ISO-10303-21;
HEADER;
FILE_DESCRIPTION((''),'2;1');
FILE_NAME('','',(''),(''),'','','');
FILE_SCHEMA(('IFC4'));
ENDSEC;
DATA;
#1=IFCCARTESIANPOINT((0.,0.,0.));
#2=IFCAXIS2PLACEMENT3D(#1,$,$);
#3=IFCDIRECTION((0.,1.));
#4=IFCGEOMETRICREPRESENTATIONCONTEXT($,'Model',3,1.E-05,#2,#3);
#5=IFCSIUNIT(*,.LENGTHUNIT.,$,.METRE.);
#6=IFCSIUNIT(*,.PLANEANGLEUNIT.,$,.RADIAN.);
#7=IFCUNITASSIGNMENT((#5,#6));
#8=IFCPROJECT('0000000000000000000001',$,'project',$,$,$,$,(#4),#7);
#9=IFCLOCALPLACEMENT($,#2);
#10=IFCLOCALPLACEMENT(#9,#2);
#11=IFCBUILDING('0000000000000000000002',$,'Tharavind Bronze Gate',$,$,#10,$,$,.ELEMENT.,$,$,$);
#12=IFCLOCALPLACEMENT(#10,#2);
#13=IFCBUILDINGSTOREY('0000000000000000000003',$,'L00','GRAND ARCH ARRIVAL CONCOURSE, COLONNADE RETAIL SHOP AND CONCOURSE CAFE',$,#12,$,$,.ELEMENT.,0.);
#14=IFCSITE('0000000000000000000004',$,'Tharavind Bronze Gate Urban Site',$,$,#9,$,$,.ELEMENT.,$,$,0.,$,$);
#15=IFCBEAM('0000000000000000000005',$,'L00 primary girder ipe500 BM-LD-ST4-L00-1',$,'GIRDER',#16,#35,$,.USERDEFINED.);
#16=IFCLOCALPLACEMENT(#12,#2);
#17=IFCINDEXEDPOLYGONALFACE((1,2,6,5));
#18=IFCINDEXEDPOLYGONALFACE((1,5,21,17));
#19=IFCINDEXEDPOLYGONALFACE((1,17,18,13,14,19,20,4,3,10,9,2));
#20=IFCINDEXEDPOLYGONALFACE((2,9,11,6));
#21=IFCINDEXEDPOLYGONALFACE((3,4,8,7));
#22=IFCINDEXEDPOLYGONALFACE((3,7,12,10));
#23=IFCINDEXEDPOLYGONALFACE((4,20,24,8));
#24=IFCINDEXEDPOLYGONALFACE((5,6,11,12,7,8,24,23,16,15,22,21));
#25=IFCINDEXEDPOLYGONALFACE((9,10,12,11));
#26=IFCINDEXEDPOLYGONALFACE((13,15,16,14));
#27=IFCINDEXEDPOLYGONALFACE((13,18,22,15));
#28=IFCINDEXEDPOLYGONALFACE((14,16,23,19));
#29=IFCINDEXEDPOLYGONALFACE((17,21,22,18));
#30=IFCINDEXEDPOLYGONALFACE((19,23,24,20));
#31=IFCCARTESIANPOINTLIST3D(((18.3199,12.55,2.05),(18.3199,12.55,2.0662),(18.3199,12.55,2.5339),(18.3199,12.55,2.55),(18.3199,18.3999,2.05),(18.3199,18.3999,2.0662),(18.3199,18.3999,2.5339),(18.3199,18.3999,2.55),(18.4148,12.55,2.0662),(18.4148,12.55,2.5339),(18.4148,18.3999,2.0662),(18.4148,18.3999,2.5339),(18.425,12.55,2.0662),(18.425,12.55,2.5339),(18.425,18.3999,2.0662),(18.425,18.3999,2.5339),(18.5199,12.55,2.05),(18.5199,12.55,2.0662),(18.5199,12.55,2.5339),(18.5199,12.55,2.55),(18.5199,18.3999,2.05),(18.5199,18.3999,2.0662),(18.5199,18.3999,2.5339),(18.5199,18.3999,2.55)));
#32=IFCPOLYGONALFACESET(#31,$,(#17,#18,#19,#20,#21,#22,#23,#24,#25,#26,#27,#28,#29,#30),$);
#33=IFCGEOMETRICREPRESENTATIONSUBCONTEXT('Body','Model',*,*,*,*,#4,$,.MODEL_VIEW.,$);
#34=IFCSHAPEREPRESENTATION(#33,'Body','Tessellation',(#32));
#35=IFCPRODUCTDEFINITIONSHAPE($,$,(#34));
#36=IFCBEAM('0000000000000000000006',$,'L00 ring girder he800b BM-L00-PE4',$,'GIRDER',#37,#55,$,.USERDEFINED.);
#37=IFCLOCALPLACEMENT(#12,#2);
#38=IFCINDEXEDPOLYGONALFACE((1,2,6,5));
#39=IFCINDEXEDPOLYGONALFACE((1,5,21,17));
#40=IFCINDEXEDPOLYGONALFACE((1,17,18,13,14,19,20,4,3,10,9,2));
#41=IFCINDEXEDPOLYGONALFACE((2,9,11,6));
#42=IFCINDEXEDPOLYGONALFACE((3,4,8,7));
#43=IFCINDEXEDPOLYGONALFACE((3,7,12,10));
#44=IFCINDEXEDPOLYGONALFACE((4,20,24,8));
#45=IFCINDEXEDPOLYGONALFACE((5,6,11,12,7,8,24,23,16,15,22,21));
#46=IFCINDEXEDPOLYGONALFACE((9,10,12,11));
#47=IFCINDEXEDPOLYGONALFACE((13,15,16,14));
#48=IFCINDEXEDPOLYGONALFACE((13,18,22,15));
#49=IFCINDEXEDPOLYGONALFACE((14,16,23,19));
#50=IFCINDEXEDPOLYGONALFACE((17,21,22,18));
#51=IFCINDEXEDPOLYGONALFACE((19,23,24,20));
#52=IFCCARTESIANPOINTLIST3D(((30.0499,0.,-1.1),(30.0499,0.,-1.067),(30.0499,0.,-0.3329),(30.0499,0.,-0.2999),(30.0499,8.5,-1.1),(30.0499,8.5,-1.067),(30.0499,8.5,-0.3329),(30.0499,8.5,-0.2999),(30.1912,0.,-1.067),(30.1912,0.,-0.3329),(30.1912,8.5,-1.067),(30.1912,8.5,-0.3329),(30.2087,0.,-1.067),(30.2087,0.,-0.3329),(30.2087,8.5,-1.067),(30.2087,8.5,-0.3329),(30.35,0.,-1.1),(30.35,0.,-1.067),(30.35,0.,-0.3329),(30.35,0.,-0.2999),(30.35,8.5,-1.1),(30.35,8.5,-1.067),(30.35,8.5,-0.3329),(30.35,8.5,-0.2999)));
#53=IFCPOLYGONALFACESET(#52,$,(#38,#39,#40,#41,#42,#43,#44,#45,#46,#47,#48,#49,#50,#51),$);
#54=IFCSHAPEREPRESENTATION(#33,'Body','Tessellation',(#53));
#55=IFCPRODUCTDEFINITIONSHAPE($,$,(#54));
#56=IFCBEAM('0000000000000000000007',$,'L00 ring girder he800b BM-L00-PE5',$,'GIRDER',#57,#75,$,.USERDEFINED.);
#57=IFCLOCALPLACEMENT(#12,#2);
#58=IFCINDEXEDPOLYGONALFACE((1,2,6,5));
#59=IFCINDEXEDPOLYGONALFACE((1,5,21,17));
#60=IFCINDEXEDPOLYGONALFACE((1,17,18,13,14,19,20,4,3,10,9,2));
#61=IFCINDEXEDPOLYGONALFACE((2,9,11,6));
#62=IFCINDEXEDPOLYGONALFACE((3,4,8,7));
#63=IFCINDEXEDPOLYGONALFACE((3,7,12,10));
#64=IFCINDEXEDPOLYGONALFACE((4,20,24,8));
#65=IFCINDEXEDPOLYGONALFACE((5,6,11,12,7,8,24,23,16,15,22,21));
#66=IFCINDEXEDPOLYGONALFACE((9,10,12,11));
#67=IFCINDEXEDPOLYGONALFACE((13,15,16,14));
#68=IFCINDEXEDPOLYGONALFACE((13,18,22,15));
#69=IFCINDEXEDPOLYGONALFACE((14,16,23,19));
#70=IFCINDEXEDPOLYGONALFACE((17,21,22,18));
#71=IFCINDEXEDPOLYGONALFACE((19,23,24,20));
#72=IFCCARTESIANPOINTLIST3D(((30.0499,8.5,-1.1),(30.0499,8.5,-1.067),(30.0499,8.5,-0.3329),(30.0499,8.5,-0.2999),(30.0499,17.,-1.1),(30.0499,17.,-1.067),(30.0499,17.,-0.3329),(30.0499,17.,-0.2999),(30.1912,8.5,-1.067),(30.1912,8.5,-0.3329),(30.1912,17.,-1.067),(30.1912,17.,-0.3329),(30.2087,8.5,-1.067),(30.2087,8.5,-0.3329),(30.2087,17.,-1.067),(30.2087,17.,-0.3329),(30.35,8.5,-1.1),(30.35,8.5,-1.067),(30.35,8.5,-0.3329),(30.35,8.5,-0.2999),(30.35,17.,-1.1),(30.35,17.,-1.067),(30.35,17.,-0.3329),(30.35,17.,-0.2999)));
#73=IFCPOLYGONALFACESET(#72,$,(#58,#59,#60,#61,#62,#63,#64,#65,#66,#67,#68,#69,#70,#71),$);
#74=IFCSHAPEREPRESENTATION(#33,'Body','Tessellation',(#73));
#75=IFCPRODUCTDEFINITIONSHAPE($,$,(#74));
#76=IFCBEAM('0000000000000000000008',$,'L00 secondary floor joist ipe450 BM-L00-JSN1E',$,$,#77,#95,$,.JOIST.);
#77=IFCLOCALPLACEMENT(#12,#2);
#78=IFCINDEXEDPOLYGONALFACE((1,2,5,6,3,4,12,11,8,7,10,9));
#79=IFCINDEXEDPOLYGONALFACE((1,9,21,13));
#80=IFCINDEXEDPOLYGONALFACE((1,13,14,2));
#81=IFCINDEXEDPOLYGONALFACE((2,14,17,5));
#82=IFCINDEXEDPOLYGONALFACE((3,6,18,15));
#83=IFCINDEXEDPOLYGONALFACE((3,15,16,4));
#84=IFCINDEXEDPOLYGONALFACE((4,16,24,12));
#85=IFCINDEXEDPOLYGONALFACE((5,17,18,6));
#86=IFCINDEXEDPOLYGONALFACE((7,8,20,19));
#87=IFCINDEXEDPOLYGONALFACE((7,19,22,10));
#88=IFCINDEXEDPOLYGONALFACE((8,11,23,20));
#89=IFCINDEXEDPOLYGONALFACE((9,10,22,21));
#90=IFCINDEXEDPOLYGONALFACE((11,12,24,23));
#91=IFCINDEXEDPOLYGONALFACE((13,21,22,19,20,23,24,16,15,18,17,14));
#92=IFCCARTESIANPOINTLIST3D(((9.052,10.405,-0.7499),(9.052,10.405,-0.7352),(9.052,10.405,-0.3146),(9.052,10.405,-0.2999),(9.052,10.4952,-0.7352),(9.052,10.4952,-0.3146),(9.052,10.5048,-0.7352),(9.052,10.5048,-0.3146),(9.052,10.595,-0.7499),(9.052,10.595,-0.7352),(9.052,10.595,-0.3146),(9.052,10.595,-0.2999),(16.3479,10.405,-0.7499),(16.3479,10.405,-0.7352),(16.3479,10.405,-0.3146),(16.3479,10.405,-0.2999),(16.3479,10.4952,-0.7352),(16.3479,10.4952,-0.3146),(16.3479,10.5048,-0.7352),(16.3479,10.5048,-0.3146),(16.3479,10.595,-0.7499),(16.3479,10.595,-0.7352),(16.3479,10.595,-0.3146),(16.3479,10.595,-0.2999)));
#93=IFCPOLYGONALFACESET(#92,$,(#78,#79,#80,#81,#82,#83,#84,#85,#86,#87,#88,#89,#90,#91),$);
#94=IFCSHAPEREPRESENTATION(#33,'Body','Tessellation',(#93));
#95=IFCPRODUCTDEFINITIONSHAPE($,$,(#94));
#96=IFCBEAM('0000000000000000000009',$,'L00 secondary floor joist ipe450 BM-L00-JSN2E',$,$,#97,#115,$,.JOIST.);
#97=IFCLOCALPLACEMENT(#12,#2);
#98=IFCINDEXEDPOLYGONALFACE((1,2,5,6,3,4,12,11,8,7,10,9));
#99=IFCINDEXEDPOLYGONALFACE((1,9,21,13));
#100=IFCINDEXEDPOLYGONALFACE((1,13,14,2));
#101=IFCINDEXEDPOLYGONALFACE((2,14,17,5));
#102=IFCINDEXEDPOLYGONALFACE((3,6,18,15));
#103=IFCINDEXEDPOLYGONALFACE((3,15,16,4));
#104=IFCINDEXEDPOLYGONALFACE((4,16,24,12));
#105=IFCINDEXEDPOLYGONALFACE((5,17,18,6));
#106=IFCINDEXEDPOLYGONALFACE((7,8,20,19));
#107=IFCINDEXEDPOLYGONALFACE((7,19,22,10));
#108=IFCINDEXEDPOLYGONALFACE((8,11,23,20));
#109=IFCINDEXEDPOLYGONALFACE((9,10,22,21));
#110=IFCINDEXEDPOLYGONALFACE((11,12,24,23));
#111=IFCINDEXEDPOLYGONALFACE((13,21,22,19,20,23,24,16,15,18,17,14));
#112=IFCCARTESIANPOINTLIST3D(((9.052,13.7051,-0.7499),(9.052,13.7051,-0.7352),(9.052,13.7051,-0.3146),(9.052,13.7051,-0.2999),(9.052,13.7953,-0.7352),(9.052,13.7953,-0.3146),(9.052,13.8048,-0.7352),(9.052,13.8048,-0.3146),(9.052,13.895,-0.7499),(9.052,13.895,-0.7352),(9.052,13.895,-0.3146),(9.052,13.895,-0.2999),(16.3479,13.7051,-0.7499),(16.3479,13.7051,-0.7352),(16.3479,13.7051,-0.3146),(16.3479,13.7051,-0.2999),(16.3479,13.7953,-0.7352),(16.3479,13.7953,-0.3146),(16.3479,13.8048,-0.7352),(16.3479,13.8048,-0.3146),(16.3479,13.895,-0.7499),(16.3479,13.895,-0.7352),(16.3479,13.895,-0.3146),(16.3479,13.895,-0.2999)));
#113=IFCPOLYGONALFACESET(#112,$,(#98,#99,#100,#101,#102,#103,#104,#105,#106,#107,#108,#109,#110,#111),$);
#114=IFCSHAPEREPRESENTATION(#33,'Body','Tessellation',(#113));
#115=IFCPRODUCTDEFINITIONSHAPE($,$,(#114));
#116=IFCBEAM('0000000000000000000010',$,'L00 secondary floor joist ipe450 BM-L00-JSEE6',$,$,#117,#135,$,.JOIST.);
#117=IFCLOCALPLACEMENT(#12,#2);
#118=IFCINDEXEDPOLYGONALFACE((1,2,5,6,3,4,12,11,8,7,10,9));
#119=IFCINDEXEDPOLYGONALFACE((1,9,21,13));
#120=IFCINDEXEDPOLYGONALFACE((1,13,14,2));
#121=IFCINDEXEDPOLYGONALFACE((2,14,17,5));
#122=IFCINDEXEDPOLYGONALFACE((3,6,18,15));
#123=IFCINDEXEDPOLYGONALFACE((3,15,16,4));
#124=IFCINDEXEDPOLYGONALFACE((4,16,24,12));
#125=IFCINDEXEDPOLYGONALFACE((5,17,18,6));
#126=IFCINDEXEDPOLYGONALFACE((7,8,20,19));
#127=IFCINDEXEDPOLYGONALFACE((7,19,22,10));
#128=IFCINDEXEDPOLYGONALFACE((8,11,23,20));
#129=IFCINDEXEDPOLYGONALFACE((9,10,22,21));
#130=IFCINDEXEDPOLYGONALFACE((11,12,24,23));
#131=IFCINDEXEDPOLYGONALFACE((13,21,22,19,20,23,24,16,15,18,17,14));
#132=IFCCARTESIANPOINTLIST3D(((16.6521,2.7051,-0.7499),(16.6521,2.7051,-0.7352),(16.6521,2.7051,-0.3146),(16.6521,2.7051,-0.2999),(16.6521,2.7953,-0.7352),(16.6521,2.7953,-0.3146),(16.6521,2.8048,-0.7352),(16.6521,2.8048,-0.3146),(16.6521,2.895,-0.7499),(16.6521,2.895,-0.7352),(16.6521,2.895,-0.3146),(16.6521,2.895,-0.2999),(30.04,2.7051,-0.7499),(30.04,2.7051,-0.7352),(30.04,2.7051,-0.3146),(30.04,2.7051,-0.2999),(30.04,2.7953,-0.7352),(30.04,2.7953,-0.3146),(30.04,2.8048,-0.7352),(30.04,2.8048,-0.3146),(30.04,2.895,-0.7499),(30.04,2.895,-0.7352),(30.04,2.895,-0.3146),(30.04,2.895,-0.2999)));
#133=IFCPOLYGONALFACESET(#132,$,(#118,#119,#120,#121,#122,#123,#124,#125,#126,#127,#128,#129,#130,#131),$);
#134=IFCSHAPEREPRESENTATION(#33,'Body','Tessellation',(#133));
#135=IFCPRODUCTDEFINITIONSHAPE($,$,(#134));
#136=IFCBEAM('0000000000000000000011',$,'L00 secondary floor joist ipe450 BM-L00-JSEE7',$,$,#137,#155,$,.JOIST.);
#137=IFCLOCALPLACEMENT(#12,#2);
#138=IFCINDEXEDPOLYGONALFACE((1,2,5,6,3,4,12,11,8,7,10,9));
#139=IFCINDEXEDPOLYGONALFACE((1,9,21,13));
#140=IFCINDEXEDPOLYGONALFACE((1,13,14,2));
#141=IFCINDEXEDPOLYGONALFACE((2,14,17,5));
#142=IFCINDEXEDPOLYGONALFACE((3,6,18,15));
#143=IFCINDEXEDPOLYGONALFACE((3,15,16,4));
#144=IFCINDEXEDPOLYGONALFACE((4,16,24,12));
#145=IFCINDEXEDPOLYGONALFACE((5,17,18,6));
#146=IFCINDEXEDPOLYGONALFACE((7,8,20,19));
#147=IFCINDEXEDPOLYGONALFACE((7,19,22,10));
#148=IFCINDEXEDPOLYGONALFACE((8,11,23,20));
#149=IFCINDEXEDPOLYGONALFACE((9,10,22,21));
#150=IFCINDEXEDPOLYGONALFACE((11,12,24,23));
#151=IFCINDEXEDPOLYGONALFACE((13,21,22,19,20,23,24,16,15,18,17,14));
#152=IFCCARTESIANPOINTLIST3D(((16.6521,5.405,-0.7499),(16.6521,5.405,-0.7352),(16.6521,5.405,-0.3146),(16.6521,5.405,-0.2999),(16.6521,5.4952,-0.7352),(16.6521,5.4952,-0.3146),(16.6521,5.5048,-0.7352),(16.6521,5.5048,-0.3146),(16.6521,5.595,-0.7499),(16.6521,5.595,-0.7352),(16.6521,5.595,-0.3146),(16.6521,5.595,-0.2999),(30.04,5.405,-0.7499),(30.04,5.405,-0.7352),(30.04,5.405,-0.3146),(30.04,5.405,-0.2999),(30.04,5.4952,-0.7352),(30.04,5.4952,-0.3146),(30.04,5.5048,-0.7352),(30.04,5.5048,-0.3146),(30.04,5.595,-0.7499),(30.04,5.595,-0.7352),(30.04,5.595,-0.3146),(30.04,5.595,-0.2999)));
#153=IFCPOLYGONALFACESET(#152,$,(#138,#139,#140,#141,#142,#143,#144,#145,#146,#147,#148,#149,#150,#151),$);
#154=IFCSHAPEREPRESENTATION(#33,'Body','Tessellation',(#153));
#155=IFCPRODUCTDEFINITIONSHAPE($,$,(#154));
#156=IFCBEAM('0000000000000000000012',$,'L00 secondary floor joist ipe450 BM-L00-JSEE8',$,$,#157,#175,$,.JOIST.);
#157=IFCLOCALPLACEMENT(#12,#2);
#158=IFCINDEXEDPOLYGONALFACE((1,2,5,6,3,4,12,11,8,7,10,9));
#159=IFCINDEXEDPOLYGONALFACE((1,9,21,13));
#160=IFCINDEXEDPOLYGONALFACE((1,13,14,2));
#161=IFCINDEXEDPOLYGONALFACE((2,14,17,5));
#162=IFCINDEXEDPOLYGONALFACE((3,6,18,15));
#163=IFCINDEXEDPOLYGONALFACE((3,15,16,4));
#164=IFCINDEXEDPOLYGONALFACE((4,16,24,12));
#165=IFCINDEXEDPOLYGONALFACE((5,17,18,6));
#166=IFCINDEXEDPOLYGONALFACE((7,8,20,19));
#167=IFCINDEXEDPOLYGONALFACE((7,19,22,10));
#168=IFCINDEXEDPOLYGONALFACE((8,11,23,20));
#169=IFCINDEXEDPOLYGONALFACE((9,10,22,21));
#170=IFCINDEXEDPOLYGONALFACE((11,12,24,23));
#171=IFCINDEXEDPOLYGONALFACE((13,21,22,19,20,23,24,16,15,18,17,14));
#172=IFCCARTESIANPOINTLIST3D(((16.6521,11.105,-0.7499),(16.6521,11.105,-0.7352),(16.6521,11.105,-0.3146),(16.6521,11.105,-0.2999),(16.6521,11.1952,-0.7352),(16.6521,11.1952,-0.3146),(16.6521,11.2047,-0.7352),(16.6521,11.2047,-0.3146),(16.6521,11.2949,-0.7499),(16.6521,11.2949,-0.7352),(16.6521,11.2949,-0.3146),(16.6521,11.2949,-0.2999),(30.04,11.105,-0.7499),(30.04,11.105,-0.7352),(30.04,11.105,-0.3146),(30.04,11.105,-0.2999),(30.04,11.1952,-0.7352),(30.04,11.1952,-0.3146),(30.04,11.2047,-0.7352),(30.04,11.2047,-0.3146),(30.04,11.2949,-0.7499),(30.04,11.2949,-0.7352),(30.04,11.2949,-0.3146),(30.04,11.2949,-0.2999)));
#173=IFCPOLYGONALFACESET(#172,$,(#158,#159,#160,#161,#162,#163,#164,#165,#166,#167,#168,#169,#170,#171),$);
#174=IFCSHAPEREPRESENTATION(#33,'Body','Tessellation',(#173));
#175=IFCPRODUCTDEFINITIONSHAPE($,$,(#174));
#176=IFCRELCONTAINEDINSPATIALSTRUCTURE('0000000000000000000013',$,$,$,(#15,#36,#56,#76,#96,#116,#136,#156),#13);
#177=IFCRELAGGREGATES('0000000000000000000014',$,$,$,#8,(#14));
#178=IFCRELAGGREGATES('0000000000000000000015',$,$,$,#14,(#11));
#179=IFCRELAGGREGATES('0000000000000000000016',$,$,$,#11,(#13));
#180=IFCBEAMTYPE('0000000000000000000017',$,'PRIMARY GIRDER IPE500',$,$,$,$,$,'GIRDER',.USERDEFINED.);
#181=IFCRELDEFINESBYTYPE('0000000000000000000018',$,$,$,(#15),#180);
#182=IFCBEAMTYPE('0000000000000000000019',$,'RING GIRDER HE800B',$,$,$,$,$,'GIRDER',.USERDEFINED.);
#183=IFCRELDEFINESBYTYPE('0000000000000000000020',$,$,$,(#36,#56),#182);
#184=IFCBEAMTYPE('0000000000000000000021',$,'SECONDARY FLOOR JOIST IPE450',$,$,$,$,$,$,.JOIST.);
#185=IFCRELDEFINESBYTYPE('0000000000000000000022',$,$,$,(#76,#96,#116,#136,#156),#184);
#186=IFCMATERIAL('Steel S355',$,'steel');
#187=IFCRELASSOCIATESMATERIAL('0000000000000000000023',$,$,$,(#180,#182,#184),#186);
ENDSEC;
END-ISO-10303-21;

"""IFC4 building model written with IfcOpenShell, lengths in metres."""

from ifc_helpers import new_model, si_unit, direction, frame, origin, origin_2d, place, context, subcontext, project, spatial, i_section, extrude, material, material_profile, profile_set, type_object, element, save


model = new_model("IFC4")

# Units and contexts
model_context = context("Model", 3, precision=1e-05, world=origin(), true_north=direction((0.0, 1.0)))
body_context = subcontext(model_context, "Body", "Model", "MODEL_VIEW")
ifc_project = project(units=[si_unit("LENGTHUNIT", "METRE"), si_unit("PLANEANGLEUNIT", "RADIAN")], contexts=[model_context])

# Site, building, storey
site_placement = place(None, origin())
site = spatial("IfcSite", under=ifc_project, at=site_placement, Name="Tharavind Bronze Gate Urban Site", CompositionType="ELEMENT", RefElevation=0.0)
building_placement = place(site_placement, origin())
building = spatial("IfcBuilding", under=site, at=building_placement, Name="Tharavind Bronze Gate", CompositionType="ELEMENT")
storey_placement = place(building_placement, origin())
storey = spatial("IfcBuildingStorey", under=building, at=storey_placement, Name="L00", Description="GRAND ARCH ARRIVAL CONCOURSE, COLONNADE RETAIL SHOP AND CONCOURSE CAFE", CompositionType="ELEMENT", Elevation=0.0)

# Beams
ifc_material_1 = material(Name="Steel S355", Category="steel")
ifc_material_profile_1 = material_profile(ifc_material_1, i_section(OverallWidth=0.2, OverallDepth=0.5, WebThickness=0.0103, FlangeThickness=0.0161, at=origin_2d()), Name="IPE500")
ifc_profile_set_1 = profile_set([ifc_material_profile_1], Name="Steel S355")
beam_type_1 = type_object("IfcBeamType", Name="PRIMARY GIRDER IPE500", ElementType="GIRDER", PredefinedType="USERDEFINED", material=ifc_profile_set_1)
beam_1_placement = place(storey_placement, frame((18.4199, 12.55, 2.3), z_axis=(0.0, 1.0, 0.0), x_axis=(-1.0, 0.0, 0.0)))
element("IfcBeam", 1, at=beam_1_placement, inside=storey, type_object=beam_type_1, Name="L00 primary girder ipe500 BM-LD-ST4-L00-1", ObjectType="GIRDER", PredefinedType="USERDEFINED", context=body_context, shape_type="SweptSolid", body=[
    extrude(i_section(OverallWidth=0.2, OverallDepth=0.5, WebThickness=0.0103, FlangeThickness=0.0161, at=origin_2d()), origin(), (0.0, 0.0, 1.0), 5.8499),
])
ifc_material_profile_2 = material_profile(ifc_material_1, i_section(OverallWidth=0.3, OverallDepth=0.8, WebThickness=0.0176, FlangeThickness=0.033, at=origin_2d()), Name="HE800B")
ifc_profile_set_2 = profile_set([ifc_material_profile_2], Name="Steel S355")
beam_type_2 = type_object("IfcBeamType", Name="RING GIRDER HE800B", ElementType="GIRDER", PredefinedType="USERDEFINED", material=ifc_profile_set_2)
for number, where, z_axis, x_axis, name in (
    (2, (30.2, 0.0, -0.7), (0.0, 1.0, 0.0), (-1.0, 0.0, 0.0), "L00 ring girder he800b BM-L00-PE4"),
    (3, (30.2, 8.5, -0.7), (0.0, 1.0, 0.0), (-1.0, 0.0, 0.0), "L00 ring girder he800b BM-L00-PE5"),
):
    element("IfcBeam", number, at=place(storey_placement, frame(where, z_axis=z_axis, x_axis=x_axis)), inside=storey, type_object=beam_type_2, Name=name, ObjectType="GIRDER", PredefinedType="USERDEFINED", context=body_context, shape_type="SweptSolid", body=[
        extrude(i_section(OverallWidth=0.3, OverallDepth=0.8, WebThickness=0.0176, FlangeThickness=0.033, at=origin_2d()), origin(), (0.0, 0.0, 1.0), 8.5),
    ])
ifc_material_profile_3 = material_profile(ifc_material_1, i_section(OverallWidth=0.1899, OverallDepth=0.45, WebThickness=0.0095, FlangeThickness=0.0146, at=origin_2d()), Name="IPE450")
ifc_profile_set_3 = profile_set([ifc_material_profile_3], Name="Steel S355")
beam_type_3 = type_object("IfcBeamType", Name="SECONDARY FLOOR JOIST IPE450", PredefinedType="JOIST", material=ifc_profile_set_3)
for number, where, z_axis, x_axis, name in (
    (4, (9.052, 10.5, -0.5249), (1.0, 0.0, 0.0), (0.0, 1.0, 0.0), "L00 secondary floor joist ipe450 BM-L00-JSN1E"),
    (5, (9.052, 13.8, -0.5249), (1.0, 0.0, 0.0), (0.0, 1.0, 0.0), "L00 secondary floor joist ipe450 BM-L00-JSN2E"),
):
    element("IfcBeam", number, at=place(storey_placement, frame(where, z_axis=z_axis, x_axis=x_axis)), inside=storey, type_object=beam_type_3, Name=name, PredefinedType="JOIST", context=body_context, shape_type="SweptSolid", body=[
        extrude(i_section(OverallWidth=0.1899, OverallDepth=0.45, WebThickness=0.0095, FlangeThickness=0.0146, at=origin_2d()), origin(), (0.0, 0.0, 1.0), 7.2959),
    ])
for number, where, z_axis, x_axis, name in (
    (6, (16.6521, 2.8, -0.5249), (1.0, 0.0, 0.0), (0.0, 1.0, 0.0), "L00 secondary floor joist ipe450 BM-L00-JSEE6"),
    (7, (16.6521, 5.5, -0.5249), (1.0, 0.0, 0.0), (0.0, 1.0, 0.0), "L00 secondary floor joist ipe450 BM-L00-JSEE7"),
    (8, (16.6521, 11.2, -0.5249), (1.0, 0.0, 0.0), (0.0, 1.0, 0.0), "L00 secondary floor joist ipe450 BM-L00-JSEE8"),
):
    element("IfcBeam", number, at=place(storey_placement, frame(where, z_axis=z_axis, x_axis=x_axis)), inside=storey, type_object=beam_type_3, Name=name, PredefinedType="JOIST", context=body_context, shape_type="SweptSolid", body=[
        extrude(i_section(OverallWidth=0.1899, OverallDepth=0.45, WebThickness=0.0095, FlangeThickness=0.0146, at=origin_2d()), origin(), (0.0, 0.0, 1.0), 13.3879),
    ])

save(model, "model.ifc")
